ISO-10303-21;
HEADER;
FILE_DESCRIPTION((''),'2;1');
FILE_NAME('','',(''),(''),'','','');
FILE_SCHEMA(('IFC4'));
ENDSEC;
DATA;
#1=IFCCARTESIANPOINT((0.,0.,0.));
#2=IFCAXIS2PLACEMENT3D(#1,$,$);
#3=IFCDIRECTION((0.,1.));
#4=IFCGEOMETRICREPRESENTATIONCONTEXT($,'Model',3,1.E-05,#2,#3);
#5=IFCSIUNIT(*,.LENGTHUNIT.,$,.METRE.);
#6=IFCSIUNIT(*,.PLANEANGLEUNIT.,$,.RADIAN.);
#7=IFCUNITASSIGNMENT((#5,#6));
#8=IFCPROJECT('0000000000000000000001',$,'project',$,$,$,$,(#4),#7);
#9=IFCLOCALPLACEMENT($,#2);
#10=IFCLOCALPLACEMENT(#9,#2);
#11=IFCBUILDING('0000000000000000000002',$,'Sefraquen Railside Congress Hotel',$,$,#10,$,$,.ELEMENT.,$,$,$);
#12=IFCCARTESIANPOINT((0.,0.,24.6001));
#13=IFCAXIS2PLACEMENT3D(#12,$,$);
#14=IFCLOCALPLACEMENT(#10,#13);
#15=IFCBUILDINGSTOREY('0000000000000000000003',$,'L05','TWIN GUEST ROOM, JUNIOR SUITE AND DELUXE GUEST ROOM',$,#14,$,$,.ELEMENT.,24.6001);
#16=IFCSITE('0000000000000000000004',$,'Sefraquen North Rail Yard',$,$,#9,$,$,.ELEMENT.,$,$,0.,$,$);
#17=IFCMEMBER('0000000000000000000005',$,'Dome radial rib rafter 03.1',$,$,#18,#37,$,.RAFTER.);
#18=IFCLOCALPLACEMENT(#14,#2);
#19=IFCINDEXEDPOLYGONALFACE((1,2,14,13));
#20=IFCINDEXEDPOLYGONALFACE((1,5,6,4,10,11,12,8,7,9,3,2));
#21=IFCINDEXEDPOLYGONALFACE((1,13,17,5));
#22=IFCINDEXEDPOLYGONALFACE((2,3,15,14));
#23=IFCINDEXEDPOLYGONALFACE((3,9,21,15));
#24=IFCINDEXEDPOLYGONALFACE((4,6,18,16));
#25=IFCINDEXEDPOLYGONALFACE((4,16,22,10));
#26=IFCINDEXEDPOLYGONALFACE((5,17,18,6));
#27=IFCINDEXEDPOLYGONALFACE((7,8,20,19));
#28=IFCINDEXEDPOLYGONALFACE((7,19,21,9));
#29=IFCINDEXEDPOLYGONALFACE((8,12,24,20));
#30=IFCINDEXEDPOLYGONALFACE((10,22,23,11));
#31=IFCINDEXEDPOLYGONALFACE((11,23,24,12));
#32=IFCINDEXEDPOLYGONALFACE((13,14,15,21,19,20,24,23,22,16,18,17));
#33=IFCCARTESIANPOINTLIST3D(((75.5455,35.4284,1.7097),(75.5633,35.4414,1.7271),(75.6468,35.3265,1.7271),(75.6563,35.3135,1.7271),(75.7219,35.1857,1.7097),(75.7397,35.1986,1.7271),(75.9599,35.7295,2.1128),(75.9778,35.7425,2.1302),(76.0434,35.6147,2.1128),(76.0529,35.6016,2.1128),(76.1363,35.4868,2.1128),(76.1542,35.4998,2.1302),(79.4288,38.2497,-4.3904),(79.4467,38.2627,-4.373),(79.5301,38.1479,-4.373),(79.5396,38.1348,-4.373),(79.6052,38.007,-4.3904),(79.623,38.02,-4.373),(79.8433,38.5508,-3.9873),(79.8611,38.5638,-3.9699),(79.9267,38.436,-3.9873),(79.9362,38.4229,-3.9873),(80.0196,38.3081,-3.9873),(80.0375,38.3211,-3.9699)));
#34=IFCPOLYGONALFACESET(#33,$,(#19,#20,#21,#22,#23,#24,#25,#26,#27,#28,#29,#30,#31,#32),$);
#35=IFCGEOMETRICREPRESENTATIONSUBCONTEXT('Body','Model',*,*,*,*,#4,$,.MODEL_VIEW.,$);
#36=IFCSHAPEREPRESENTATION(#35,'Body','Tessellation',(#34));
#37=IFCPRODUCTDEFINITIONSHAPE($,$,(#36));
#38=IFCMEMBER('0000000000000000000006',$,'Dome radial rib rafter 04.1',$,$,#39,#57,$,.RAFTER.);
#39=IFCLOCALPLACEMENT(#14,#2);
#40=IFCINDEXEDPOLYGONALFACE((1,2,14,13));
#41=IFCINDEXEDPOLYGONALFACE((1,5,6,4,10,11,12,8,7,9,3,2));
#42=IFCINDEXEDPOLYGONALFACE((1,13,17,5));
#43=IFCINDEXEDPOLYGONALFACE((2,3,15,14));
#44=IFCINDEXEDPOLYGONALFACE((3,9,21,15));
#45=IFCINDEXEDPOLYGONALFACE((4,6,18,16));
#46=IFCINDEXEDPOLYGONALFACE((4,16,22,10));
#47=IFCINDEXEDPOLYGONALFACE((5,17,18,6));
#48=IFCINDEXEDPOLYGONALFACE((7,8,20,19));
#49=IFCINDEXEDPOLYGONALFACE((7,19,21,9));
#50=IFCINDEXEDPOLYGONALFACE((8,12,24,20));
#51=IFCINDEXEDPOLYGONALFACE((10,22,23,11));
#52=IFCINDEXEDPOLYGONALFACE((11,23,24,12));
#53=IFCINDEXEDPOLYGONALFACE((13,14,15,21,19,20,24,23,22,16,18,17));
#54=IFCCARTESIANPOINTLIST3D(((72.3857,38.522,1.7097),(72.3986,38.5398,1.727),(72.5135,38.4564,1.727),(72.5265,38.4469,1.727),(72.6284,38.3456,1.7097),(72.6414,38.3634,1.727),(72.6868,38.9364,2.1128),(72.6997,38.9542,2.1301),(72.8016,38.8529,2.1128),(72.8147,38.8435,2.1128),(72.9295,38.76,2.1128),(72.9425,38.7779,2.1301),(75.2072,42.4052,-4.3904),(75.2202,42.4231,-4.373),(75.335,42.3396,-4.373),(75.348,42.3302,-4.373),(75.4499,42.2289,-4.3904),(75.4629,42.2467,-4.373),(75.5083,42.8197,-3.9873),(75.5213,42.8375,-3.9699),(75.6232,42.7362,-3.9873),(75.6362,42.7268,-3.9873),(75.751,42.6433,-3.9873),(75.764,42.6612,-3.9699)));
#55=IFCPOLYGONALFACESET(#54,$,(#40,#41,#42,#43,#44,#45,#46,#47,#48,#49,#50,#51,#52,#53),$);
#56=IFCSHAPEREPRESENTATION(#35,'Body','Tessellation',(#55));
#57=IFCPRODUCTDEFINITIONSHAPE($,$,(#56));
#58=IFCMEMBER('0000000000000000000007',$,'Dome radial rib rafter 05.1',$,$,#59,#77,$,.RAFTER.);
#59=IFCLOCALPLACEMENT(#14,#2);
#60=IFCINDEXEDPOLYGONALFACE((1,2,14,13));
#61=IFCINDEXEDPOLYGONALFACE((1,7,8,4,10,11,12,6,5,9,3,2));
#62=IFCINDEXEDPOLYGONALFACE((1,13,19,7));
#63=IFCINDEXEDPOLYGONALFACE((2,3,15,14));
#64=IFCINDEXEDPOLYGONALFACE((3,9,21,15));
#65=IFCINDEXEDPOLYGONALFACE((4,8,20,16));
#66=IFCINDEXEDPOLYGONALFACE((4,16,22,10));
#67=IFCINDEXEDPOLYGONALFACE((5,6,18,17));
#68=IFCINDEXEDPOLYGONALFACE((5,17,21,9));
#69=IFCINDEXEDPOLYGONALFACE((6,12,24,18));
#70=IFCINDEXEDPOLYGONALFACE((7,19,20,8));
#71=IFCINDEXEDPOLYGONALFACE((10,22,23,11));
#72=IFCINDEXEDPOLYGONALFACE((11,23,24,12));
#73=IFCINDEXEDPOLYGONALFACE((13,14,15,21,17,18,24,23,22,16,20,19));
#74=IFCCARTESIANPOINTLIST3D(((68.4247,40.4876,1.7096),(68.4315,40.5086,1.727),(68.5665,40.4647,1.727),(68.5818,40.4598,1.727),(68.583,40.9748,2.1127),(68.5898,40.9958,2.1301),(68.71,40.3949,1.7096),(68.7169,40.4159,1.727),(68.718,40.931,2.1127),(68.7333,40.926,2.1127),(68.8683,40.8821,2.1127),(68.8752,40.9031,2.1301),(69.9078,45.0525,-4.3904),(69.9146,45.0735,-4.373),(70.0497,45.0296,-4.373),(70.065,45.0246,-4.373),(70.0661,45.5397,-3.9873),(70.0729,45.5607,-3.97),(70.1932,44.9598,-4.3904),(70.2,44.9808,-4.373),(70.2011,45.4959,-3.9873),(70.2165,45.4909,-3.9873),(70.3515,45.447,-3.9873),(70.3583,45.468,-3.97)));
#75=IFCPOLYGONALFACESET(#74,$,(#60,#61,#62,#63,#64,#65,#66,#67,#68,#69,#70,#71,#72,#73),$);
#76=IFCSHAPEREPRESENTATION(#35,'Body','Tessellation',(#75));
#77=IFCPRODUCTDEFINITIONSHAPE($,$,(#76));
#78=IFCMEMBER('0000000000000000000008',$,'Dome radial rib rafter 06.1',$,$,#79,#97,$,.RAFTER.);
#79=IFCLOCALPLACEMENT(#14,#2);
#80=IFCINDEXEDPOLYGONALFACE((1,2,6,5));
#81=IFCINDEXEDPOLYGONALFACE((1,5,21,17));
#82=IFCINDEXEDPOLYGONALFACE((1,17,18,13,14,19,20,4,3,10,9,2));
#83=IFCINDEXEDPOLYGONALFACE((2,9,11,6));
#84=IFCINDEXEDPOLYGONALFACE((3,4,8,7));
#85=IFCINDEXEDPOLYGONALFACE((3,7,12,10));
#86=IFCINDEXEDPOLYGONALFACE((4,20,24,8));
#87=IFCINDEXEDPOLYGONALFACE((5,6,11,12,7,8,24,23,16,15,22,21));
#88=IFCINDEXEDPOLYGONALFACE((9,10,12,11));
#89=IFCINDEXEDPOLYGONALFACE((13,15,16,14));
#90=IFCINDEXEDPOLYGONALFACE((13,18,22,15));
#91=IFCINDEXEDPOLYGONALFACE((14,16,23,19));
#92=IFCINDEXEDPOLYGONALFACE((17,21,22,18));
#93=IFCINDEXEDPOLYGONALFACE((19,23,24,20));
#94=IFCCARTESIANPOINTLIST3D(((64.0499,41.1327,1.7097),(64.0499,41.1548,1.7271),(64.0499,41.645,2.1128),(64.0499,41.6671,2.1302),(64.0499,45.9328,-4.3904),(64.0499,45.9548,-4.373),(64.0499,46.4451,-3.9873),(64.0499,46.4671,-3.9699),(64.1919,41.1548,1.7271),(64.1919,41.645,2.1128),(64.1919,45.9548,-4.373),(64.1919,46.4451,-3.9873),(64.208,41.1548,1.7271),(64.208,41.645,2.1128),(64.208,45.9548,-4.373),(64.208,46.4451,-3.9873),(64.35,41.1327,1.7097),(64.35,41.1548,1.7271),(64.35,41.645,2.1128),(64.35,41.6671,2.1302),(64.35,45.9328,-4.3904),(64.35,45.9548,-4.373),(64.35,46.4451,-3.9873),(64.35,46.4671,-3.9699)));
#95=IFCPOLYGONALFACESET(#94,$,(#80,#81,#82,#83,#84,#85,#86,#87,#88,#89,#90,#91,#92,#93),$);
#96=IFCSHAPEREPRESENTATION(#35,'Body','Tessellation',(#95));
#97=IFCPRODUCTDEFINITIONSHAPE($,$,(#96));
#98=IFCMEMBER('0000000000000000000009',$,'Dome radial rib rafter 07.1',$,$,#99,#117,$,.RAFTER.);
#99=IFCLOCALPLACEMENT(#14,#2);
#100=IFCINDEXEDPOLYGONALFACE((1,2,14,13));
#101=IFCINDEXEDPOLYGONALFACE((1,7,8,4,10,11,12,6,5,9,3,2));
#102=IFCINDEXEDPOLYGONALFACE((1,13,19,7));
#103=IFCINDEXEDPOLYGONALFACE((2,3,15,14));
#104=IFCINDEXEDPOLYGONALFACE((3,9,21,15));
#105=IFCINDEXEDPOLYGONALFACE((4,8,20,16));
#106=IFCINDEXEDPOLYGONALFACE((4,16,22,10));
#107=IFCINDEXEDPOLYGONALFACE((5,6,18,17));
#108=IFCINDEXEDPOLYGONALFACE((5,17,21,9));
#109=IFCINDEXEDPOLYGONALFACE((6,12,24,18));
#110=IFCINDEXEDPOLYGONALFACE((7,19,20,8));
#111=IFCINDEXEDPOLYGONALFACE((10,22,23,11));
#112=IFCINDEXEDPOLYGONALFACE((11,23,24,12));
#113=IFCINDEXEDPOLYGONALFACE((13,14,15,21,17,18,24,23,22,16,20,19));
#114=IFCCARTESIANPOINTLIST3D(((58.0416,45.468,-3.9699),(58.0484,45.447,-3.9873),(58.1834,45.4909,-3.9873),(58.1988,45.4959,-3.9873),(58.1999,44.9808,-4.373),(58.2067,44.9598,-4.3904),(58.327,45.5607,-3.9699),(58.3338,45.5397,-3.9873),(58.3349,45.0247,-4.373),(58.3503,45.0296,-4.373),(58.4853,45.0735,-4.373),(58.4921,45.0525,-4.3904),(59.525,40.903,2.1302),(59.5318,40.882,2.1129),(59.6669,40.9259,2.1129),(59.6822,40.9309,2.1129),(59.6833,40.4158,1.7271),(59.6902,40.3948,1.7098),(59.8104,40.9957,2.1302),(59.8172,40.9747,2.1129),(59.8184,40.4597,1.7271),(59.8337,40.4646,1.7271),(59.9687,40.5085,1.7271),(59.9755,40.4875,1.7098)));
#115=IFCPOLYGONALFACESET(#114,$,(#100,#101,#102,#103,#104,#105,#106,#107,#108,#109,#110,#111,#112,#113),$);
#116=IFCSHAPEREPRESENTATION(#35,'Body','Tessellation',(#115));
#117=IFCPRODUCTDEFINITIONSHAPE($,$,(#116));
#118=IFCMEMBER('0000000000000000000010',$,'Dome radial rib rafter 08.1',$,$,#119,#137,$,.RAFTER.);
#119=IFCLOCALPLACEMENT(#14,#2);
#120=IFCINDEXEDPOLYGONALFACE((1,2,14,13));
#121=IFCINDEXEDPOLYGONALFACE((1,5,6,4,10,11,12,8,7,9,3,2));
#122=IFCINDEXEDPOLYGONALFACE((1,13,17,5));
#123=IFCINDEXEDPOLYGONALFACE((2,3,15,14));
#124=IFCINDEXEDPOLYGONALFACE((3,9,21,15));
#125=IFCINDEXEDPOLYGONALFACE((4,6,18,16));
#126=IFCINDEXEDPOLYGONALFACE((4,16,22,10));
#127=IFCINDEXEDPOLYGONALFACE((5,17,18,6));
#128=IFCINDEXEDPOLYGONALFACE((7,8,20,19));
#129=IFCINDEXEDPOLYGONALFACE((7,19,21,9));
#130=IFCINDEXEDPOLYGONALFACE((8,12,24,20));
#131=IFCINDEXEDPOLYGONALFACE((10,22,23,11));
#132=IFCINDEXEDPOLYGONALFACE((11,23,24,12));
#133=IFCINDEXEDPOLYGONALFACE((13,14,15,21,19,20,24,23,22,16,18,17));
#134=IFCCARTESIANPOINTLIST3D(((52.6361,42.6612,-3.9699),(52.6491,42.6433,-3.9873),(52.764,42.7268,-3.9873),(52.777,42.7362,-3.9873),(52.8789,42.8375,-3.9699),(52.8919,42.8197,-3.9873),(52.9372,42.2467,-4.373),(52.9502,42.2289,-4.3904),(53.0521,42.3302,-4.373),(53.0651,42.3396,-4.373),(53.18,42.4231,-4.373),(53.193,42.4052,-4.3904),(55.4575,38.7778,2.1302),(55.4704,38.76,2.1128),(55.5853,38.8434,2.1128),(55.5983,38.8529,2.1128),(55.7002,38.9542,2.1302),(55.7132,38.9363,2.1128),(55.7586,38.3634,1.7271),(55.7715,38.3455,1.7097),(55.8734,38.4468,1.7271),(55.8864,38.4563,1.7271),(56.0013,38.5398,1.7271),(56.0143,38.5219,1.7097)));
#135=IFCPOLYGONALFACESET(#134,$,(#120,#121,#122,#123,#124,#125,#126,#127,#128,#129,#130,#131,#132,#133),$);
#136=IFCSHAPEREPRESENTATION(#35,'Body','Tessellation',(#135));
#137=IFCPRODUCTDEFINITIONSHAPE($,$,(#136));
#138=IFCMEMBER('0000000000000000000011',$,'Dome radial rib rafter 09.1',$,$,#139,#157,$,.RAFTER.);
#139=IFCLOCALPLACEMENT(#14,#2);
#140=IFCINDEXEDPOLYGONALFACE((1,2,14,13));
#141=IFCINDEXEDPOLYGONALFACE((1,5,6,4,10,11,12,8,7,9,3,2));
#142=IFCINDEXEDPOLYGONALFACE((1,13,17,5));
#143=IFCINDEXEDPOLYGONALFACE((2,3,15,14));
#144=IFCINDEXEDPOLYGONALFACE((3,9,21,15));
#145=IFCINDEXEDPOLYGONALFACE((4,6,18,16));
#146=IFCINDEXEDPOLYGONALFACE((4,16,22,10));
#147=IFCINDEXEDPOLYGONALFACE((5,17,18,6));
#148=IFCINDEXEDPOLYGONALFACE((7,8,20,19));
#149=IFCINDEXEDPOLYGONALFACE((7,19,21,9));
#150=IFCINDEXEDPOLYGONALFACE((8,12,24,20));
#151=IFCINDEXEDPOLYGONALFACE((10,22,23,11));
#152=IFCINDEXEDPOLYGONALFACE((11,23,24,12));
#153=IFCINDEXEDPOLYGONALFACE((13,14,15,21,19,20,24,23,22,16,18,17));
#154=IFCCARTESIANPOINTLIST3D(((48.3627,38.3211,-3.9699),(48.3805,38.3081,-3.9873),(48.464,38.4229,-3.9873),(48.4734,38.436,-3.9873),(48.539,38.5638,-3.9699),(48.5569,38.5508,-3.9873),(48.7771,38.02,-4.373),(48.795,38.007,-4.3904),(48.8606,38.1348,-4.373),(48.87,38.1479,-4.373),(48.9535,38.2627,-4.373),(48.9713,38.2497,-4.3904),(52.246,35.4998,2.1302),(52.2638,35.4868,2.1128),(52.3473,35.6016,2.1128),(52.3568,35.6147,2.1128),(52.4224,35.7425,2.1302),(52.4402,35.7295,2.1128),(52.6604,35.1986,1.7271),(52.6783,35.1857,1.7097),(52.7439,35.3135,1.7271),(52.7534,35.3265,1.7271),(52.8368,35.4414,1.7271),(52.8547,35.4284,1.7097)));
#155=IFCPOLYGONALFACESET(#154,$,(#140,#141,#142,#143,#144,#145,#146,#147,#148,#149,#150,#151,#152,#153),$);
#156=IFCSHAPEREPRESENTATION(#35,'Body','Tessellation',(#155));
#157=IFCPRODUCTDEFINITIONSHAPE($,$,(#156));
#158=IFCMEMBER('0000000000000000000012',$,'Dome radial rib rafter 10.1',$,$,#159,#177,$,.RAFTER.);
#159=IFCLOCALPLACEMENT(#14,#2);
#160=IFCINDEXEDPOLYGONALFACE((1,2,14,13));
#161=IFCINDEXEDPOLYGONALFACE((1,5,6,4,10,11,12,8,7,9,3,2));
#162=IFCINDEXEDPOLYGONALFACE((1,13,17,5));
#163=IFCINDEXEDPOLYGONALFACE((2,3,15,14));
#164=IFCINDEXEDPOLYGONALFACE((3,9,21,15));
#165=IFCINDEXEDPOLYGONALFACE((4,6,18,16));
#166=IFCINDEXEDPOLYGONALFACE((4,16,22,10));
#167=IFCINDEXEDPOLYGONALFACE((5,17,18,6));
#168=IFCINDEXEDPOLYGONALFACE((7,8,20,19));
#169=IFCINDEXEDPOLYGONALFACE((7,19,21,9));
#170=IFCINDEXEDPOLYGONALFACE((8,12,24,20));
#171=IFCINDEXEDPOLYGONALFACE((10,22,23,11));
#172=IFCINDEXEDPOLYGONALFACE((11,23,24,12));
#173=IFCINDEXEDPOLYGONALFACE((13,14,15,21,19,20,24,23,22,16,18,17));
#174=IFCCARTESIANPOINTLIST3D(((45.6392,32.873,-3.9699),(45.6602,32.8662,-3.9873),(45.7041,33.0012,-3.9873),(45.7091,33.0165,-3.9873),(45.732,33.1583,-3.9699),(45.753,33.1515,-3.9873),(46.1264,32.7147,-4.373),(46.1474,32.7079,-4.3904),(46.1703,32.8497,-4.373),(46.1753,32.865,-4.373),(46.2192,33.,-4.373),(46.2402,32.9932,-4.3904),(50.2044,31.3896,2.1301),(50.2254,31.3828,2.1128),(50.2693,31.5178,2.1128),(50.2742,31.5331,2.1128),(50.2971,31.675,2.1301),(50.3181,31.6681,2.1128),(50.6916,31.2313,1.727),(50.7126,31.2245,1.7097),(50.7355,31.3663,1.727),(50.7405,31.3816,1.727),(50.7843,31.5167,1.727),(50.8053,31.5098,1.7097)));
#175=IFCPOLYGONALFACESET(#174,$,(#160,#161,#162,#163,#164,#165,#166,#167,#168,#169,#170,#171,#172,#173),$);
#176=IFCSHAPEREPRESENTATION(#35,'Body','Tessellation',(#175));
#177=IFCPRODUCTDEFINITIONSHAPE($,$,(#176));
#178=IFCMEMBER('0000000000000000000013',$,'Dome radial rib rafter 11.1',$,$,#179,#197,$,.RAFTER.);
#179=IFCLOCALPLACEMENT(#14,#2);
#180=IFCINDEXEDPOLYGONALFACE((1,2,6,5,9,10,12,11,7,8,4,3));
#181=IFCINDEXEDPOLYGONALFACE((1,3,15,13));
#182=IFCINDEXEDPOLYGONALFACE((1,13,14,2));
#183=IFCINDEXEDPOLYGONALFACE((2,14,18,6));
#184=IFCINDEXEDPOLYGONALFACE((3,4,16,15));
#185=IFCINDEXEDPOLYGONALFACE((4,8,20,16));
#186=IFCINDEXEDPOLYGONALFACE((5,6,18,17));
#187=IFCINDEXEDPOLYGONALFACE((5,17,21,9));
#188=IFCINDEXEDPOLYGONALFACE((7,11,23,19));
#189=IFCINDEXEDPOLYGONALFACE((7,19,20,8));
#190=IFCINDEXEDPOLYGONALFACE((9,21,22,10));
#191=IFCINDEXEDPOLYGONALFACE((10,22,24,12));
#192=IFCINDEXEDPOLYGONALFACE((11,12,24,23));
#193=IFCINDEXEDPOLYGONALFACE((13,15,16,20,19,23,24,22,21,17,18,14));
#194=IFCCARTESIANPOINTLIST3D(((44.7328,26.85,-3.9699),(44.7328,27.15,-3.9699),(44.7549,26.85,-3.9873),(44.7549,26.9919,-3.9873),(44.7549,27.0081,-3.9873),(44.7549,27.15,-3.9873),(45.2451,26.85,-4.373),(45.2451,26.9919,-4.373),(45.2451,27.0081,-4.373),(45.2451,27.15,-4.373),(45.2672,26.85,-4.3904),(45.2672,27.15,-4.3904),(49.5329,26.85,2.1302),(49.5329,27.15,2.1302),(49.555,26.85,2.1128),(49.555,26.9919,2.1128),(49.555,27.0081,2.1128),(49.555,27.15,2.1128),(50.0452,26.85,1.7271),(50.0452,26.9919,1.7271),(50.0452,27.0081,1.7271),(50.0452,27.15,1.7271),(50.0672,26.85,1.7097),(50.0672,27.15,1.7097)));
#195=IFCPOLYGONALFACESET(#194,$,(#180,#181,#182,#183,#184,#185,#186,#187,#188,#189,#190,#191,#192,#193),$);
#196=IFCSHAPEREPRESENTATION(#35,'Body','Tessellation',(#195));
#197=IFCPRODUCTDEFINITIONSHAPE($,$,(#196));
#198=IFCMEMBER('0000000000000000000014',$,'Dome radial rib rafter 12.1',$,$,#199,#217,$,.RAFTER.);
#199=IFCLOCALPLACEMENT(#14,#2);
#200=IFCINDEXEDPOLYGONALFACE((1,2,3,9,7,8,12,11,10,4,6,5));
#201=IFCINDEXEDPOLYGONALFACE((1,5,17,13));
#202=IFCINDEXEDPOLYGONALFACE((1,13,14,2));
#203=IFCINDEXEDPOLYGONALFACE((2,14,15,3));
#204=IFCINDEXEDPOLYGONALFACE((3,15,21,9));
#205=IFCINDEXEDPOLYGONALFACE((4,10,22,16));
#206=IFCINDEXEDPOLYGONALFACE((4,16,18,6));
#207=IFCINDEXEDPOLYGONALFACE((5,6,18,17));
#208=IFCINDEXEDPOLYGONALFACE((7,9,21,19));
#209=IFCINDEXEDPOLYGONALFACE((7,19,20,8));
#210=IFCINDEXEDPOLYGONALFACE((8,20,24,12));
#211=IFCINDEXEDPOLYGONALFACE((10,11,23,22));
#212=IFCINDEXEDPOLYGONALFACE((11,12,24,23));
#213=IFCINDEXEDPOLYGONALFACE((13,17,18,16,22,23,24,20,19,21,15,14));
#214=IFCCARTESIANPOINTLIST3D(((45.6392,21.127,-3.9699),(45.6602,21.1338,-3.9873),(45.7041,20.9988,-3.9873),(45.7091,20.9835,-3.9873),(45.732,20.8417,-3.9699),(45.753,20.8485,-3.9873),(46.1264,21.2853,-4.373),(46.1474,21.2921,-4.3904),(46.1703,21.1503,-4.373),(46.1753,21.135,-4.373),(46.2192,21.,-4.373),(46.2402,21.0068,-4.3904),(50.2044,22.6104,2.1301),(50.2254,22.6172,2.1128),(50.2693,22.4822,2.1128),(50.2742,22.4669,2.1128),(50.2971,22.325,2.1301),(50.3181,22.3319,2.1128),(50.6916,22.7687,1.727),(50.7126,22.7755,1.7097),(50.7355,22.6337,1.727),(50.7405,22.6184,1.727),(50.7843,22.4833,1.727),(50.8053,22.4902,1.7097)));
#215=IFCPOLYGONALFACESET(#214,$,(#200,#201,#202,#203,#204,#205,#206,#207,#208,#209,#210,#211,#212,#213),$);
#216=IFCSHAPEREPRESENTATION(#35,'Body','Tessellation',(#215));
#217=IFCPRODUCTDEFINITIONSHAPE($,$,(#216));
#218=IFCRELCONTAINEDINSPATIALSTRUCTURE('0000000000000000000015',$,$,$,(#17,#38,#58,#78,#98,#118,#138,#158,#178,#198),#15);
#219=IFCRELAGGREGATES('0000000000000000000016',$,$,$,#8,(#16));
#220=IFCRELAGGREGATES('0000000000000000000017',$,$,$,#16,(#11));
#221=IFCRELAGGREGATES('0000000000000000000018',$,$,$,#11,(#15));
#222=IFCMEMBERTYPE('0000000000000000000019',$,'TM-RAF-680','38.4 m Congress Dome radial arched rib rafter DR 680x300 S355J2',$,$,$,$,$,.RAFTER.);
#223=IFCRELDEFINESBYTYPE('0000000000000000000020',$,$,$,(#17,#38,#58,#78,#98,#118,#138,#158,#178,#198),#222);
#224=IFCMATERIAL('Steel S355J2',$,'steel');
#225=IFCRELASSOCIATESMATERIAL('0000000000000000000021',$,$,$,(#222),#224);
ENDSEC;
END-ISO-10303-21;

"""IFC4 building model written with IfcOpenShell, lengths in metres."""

from ifc_helpers import new_model, si_unit, direction, frame, origin, origin_2d, place, context, subcontext, project, spatial, i_section, extrude, material, material_profile, profile_set, type_object, element, save


model = new_model("IFC4")

# Units and contexts
model_context = context("Model", 3, precision=1e-05, world=origin(), true_north=direction((0.0, 1.0)))
body_context = subcontext(model_context, "Body", "Model", "MODEL_VIEW")
ifc_project = project(units=[si_unit("LENGTHUNIT", "METRE"), si_unit("PLANEANGLEUNIT", "RADIAN")], contexts=[model_context])

# Site, building, storey
site_placement = place(None, origin())
site = spatial("IfcSite", under=ifc_project, at=site_placement, Name="Sefraquen North Rail Yard", CompositionType="ELEMENT", RefElevation=0.0)
building_placement = place(site_placement, origin())
building = spatial("IfcBuilding", under=site, at=building_placement, Name="Sefraquen Railside Congress Hotel", CompositionType="ELEMENT")
storey_placement = place(building_placement, frame((0.0, 0.0, 24.6001)))
storey = spatial("IfcBuildingStorey", under=building, at=storey_placement, Name="L05", Description="TWIN GUEST ROOM, JUNIOR SUITE AND DELUXE GUEST ROOM", CompositionType="ELEMENT", Elevation=24.6001)

# Members
ifc_material_1 = material(Name="Steel S355J2", Category="steel")
ifc_material_profile_1 = material_profile(ifc_material_1, i_section(OverallWidth=0.3, OverallDepth=0.6799, WebThickness=0.0161, FlangeThickness=0.0281, at=origin_2d()), Name="DR 680x300")
ifc_profile_set_1 = profile_set([ifc_material_profile_1], Name="Steel S355J2")
member_type = type_object("IfcMemberType", Name="TM-RAF-680", Description="38.4 m Congress Dome radial arched rib rafter DR 680x300 S355J2", PredefinedType="RAFTER", material=ifc_profile_set_1)
for number, where, z_axis, x_axis, name in (
    (1, (79.7332, 38.2854, -4.1802), (-0.500287, -0.363468, 0.785878), (0.587772, -0.809026, 0.0), "Dome radial rib rafter 03.1"),
    (2, (75.4856, 42.5332, -4.1802), (-0.363495, -0.500281, 0.785869), (0.809002, -0.587806, 0.0), "Dome radial rib rafter 04.1"),
):
    element("IfcMember", number, at=place(storey_placement, frame(where, z_axis=z_axis, x_axis=x_axis)), inside=storey, type_object=member_type, Name=name, PredefinedType="RAFTER", context=body_context, shape_type="SweptSolid", body=[
        extrude(i_section(OverallWidth=0.3, OverallDepth=0.6799, WebThickness=0.0161, FlangeThickness=0.0281, at=origin_2d()), origin(), (0.0, 0.0, 1.0), 7.7622),
    ])
member_1_placement = place(storey_placement, frame((70.1331, 45.2603, -4.1802), z_axis=(-0.191077, -0.588109, 0.785886), x_axis=(0.951062, -0.309001, 0.0)))
element("IfcMember", 3, at=member_1_placement, inside=storey, type_object=member_type, Name="Dome radial rib rafter 05.1", PredefinedType="RAFTER", context=body_context, shape_type="SweptSolid", body=[
    extrude(i_section(OverallWidth=0.3, OverallDepth=0.6799, WebThickness=0.0161, FlangeThickness=0.0281, at=origin_2d()), origin(), (0.0, 0.0, 1.0), 7.762),
])
for number, where, z_axis, x_axis, name in (
    (4, (64.2, 46.2, -4.1802), (0.0, -0.618388, 0.785873), (1.0, 0.0, 0.0), "Dome radial rib rafter 06.1"),
    (5, (58.2668, 45.2603, -4.1802), (0.191108, -0.588106, 0.785881), (0.951047, 0.309047, 0.0), "Dome radial rib rafter 07.1"),
    (6, (52.9146, 42.5332, -4.1802), (0.363468, -0.500287, 0.785878), (0.809026, 0.587772, 0.0), "Dome radial rib rafter 08.1"),
    (7, (48.667, 38.2854, -4.1802), (0.500287, -0.363468, 0.785878), (0.587772, 0.809026, 0.0), "Dome radial rib rafter 09.1"),
    (8, (45.9397, 32.9331, -4.1802), (0.588126, -0.191104, 0.785867), (0.309032, 0.951052, 0.0), "Dome radial rib rafter 10.1"),
    (9, (45.0, 27.0, -4.1802), (0.618388, 0.0, 0.785873), (0.0, 1.0, 0.0), "Dome radial rib rafter 11.1"),
    (10, (45.9397, 21.0669, -4.1802), (0.588126, 0.191104, 0.785867), (-0.309032, 0.951052, 0.0), "Dome radial rib rafter 12.1"),
):
    element("IfcMember", number, at=place(storey_placement, frame(where, z_axis=z_axis, x_axis=x_axis)), inside=storey, type_object=member_type, Name=name, PredefinedType="RAFTER", context=body_context, shape_type="SweptSolid", body=[
        extrude(i_section(OverallWidth=0.3, OverallDepth=0.6799, WebThickness=0.0161, FlangeThickness=0.0281, at=origin_2d()), origin(), (0.0, 0.0, 1.0), 7.7622),
    ])

save(model, "model.ifc")
